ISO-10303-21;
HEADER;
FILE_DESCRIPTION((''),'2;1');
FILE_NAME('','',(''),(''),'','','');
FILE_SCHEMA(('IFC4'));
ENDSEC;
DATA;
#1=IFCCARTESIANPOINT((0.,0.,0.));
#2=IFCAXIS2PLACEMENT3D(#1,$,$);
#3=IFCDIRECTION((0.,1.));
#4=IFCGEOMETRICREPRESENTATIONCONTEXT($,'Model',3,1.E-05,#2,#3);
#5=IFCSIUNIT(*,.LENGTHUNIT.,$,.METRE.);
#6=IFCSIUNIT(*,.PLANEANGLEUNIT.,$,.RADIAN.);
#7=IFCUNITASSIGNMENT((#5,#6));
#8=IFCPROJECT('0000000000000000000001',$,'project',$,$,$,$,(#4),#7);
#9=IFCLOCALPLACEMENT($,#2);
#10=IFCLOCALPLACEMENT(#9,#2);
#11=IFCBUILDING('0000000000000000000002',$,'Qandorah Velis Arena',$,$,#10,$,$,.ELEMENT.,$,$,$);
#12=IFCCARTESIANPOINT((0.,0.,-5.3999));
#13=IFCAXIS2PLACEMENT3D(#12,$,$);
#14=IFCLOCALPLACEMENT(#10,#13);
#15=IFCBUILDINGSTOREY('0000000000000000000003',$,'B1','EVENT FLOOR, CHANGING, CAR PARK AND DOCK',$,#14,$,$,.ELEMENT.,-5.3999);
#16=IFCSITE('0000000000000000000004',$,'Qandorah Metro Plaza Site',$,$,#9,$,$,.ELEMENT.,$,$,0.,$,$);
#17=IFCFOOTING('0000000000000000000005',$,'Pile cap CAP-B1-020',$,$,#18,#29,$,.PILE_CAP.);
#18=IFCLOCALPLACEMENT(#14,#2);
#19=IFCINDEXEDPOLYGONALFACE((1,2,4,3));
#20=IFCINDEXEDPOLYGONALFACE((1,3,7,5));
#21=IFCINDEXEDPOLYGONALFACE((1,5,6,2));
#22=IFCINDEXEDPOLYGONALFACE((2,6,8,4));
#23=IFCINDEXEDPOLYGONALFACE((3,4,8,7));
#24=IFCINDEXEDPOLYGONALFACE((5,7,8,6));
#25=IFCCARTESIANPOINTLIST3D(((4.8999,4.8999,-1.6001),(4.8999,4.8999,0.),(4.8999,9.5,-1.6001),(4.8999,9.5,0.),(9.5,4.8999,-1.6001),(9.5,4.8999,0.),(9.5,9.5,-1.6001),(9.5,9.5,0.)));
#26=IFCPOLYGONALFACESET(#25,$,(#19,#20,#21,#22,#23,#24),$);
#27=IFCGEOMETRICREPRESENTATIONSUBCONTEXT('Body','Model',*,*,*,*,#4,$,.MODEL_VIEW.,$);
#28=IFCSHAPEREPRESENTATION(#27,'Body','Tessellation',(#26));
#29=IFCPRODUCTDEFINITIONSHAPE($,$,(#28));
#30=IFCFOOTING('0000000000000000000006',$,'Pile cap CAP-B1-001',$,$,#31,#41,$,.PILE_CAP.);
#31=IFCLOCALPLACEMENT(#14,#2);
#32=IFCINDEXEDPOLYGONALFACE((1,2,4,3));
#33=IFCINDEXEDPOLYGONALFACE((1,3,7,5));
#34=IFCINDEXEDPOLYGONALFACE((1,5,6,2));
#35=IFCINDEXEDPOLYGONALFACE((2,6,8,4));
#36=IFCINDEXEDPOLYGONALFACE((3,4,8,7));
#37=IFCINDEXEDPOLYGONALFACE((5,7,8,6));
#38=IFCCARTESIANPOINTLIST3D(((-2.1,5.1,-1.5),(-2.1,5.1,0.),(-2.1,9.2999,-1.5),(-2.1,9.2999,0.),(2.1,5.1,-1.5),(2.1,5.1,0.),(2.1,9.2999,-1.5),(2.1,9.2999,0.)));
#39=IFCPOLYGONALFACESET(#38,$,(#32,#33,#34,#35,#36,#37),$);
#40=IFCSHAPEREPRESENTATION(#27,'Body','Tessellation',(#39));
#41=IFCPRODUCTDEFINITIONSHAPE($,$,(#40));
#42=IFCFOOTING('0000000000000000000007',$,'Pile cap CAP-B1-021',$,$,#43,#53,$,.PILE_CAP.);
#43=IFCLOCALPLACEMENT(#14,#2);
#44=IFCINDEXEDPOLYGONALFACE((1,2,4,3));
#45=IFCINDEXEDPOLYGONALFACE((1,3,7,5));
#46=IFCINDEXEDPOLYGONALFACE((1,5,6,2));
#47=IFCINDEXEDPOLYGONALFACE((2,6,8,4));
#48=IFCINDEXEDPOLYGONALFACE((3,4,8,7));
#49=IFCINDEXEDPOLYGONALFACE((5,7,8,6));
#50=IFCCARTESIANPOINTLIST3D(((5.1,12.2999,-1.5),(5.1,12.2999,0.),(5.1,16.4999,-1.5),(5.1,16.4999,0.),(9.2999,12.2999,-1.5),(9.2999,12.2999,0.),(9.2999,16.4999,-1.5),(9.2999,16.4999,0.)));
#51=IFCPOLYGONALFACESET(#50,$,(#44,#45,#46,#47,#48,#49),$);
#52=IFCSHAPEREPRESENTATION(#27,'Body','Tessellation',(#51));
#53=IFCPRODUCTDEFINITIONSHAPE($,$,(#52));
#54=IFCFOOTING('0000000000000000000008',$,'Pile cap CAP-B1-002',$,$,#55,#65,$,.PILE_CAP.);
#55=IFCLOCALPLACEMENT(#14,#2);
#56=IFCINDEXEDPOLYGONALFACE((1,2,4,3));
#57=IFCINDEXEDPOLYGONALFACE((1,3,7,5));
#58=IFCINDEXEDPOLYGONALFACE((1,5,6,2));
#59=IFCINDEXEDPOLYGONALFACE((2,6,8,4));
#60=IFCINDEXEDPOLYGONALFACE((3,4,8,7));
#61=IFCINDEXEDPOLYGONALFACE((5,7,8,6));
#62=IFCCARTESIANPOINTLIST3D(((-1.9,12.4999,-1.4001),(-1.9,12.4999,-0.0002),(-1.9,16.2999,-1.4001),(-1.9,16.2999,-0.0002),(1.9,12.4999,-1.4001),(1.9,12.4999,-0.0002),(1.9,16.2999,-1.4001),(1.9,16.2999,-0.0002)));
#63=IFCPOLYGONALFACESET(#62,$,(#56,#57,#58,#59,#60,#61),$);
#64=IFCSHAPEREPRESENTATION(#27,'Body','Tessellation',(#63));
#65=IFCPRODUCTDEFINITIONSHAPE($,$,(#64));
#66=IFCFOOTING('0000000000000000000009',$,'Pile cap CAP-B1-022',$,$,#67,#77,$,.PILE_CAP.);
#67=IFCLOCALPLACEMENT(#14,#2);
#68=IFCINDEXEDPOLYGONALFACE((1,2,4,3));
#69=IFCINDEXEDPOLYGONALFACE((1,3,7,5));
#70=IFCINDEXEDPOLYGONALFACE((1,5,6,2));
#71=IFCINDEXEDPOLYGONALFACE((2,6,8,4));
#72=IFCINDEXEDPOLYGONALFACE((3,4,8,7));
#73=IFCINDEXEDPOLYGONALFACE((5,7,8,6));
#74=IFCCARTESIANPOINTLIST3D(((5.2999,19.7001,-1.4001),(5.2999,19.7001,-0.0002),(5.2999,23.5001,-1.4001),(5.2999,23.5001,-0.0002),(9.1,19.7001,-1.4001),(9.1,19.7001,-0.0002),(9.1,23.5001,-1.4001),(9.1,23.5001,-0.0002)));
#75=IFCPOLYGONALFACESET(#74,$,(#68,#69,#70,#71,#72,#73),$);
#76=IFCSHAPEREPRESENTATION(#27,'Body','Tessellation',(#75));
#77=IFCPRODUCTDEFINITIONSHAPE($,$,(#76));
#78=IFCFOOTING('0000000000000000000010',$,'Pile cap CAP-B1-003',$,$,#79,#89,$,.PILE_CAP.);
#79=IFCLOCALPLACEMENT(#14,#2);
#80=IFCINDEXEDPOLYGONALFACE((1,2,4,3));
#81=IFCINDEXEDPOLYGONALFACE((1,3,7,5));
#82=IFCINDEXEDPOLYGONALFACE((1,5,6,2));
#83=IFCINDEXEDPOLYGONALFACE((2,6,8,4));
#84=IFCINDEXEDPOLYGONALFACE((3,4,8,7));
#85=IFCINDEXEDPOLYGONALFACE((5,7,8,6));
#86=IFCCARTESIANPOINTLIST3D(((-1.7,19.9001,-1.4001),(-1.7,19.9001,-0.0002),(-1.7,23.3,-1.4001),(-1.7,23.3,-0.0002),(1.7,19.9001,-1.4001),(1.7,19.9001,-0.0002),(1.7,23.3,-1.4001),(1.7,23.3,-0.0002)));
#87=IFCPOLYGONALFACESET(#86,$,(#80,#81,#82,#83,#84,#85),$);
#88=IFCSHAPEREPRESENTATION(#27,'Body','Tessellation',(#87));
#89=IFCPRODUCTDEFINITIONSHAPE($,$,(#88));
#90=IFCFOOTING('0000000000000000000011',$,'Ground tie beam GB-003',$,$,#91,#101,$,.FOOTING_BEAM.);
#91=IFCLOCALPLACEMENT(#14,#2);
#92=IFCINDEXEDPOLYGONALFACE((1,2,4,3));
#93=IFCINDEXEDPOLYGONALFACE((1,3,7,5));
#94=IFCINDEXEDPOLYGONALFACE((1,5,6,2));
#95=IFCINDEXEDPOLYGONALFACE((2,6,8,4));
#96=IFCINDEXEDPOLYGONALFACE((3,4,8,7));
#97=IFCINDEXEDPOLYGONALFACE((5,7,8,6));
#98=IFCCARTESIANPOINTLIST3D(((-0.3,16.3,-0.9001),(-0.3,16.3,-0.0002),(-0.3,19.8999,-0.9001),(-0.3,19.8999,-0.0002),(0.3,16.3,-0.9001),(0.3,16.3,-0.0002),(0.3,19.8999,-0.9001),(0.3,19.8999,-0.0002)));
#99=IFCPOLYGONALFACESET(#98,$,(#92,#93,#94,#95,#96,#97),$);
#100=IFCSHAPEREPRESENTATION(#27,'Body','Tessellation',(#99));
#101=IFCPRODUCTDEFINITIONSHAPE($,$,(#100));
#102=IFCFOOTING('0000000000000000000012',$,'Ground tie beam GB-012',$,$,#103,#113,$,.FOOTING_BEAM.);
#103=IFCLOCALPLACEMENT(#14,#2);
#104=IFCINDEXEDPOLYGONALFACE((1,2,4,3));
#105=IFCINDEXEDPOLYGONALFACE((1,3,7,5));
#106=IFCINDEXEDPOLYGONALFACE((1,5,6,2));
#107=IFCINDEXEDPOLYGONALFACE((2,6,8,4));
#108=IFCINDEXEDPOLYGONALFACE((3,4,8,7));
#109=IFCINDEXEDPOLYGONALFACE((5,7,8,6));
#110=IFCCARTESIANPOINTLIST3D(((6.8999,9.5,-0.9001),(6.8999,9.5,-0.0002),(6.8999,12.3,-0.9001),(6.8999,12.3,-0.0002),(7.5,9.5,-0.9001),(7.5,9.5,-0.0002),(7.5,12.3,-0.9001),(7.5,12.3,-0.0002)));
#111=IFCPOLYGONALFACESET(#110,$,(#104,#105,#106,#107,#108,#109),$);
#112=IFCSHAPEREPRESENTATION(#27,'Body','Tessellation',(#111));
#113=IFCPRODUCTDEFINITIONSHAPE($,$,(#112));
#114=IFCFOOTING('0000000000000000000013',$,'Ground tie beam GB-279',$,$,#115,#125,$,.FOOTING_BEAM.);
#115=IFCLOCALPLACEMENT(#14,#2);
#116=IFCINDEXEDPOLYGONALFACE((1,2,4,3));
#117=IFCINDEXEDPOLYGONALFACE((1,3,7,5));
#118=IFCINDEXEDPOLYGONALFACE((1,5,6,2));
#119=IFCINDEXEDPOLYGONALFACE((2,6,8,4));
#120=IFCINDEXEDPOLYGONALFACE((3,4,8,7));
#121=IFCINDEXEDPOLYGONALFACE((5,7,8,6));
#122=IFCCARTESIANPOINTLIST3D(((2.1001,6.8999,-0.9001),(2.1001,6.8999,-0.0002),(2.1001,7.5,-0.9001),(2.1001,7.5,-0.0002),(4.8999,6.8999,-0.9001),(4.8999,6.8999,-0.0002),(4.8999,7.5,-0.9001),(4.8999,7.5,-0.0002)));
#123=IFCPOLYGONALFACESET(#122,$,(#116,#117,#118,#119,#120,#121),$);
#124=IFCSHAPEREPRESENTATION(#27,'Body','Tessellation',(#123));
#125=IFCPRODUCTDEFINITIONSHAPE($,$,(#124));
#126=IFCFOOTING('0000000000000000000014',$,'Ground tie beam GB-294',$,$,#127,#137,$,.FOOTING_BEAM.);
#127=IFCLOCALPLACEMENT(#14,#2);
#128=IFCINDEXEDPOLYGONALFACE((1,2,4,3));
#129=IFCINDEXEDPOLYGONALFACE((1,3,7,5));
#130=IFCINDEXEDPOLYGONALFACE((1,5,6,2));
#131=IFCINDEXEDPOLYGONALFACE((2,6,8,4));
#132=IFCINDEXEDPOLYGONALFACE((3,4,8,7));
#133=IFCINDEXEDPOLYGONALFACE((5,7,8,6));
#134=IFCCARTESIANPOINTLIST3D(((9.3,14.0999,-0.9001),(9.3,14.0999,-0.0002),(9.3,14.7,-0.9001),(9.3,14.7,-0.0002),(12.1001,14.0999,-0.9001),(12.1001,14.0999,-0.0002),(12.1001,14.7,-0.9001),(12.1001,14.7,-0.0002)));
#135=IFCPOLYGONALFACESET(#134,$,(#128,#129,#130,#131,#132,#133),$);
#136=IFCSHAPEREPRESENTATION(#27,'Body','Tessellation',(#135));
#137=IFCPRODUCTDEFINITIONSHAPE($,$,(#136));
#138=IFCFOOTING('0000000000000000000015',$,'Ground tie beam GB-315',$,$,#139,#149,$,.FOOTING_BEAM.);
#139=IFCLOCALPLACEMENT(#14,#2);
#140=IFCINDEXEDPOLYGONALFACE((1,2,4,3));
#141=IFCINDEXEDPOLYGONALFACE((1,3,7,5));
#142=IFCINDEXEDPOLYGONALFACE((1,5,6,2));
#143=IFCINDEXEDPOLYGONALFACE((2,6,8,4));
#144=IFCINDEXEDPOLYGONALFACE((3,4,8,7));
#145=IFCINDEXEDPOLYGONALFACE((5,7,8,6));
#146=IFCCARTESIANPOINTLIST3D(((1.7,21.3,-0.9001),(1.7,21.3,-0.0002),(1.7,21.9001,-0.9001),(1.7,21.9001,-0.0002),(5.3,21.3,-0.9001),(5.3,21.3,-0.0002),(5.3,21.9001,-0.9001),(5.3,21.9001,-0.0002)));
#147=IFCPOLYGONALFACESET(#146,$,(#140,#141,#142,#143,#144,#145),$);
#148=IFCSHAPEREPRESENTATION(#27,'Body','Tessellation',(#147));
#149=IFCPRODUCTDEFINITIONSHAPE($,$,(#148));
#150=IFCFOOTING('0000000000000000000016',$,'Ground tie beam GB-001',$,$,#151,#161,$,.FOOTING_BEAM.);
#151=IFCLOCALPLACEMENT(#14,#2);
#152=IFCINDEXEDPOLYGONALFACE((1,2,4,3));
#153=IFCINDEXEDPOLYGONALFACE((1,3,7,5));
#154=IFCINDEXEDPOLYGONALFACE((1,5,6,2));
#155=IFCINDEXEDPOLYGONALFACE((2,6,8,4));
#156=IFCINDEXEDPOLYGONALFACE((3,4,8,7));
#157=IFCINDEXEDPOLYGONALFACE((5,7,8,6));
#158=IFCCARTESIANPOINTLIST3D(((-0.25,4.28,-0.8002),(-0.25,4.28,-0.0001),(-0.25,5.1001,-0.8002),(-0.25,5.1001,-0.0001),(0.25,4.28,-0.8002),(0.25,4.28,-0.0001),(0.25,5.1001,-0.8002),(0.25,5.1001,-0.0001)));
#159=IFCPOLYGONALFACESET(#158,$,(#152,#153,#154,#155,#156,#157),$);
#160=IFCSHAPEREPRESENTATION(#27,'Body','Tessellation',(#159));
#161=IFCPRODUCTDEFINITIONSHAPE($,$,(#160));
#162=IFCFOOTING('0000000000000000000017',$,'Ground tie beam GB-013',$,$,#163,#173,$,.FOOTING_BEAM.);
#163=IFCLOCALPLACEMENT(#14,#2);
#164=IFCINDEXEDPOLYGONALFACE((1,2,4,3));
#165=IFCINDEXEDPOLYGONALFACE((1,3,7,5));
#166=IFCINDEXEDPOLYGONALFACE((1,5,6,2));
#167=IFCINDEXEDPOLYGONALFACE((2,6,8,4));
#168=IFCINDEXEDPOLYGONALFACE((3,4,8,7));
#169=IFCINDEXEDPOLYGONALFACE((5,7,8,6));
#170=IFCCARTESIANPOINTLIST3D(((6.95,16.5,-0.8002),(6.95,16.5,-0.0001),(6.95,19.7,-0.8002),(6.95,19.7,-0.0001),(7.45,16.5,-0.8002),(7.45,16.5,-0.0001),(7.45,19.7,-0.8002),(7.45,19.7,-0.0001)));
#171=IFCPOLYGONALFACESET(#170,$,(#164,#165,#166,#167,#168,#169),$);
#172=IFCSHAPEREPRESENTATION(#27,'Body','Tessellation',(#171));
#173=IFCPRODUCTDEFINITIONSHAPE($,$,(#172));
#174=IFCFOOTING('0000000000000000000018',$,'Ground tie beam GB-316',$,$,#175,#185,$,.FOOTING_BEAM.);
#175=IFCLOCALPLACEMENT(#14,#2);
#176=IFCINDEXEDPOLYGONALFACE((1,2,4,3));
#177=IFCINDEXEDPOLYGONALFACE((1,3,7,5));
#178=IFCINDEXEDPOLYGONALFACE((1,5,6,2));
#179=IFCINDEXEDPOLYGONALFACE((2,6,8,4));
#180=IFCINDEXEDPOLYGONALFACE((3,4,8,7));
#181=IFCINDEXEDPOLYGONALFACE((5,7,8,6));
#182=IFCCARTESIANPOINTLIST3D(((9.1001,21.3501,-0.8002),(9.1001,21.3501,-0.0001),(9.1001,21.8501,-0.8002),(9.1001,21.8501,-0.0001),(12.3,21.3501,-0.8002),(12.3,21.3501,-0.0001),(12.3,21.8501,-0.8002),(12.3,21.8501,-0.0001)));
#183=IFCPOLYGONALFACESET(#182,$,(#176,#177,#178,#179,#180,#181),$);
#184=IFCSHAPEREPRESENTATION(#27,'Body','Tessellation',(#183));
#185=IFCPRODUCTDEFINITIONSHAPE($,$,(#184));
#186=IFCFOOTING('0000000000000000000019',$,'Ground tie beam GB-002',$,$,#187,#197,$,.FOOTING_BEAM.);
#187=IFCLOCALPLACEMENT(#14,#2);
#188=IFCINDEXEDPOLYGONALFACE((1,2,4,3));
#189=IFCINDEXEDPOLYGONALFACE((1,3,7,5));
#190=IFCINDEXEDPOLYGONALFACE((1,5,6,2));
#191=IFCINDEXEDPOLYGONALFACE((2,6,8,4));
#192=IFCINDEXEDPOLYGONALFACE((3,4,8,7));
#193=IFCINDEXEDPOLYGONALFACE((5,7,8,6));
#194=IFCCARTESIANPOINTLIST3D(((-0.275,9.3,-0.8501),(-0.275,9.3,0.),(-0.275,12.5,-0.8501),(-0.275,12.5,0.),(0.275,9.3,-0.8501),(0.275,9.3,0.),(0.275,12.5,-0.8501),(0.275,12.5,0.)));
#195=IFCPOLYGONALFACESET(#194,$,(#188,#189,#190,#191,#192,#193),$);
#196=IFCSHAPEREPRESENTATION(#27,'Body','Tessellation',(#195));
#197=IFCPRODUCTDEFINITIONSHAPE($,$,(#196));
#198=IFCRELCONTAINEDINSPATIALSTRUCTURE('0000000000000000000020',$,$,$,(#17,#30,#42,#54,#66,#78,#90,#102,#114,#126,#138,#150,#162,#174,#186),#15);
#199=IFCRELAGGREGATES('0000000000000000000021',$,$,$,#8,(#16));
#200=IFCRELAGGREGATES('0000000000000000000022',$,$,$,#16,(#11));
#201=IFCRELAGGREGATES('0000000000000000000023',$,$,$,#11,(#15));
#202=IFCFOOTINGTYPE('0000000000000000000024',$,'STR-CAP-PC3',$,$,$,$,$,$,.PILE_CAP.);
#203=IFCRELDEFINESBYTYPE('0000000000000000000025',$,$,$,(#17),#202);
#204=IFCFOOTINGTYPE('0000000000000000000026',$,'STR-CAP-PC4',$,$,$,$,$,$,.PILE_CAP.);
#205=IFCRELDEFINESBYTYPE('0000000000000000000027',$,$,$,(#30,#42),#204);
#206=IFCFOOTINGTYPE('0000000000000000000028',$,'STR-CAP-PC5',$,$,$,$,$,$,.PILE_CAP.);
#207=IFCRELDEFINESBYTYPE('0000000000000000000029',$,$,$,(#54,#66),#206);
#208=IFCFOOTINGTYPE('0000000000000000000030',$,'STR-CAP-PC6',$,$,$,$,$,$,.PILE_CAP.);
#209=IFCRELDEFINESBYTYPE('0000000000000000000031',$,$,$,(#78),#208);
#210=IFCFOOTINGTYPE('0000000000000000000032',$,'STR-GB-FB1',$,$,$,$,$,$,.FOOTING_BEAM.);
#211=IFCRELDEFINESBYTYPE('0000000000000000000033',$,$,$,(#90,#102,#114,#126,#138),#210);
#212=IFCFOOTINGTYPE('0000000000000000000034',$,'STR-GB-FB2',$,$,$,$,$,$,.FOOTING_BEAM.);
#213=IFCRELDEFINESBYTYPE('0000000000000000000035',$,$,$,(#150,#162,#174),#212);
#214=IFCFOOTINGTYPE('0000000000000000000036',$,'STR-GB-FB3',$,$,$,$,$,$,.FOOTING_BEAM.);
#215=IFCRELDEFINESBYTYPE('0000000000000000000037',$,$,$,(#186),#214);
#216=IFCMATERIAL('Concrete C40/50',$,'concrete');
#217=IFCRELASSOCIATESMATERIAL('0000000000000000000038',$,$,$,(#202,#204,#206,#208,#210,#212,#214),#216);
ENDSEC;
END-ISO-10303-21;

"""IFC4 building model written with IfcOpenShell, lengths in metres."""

from ifc_helpers import new_model, si_unit, direction, frame, origin, origin_2d, place, context, subcontext, project, spatial, rectangle, extrude, material, material_profile, profile_set, type_object, element, save


model = new_model("IFC4")

# Units and contexts
model_context = context("Model", 3, precision=1e-05, world=origin(), true_north=direction((0.0, 1.0)))
body_context = subcontext(model_context, "Body", "Model", "MODEL_VIEW")
ifc_project = project(units=[si_unit("LENGTHUNIT", "METRE"), si_unit("PLANEANGLEUNIT", "RADIAN")], contexts=[model_context])

# Site, building, storey
site_placement = place(None, origin())
site = spatial("IfcSite", under=ifc_project, at=site_placement, Name="Qandorah Metro Plaza Site", CompositionType="ELEMENT", RefElevation=0.0)
building_placement = place(site_placement, origin())
building = spatial("IfcBuilding", under=site, at=building_placement, Name="Qandorah Velis Arena", CompositionType="ELEMENT")
storey_placement = place(building_placement, frame((0.0, 0.0, -5.3999)))
storey = spatial("IfcBuildingStorey", under=building, at=storey_placement, Name="B1", Description="EVENT FLOOR, CHANGING, CAR PARK AND DOCK", CompositionType="ELEMENT", Elevation=-5.3999)

# Footings
ifc_material_1 = material(Name="Concrete C40/50", Category="concrete")
footing_type_1 = type_object("IfcFootingType", Name="STR-CAP-PC3", PredefinedType="PILE_CAP", material=ifc_material_1)
footing_1_placement = place(storey_placement, frame((7.2, 7.2, -1.6001), z_axis=(0.0, 0.0, 1.0), x_axis=(1.0, 0.0, 0.0)))
element("IfcFooting", 1, at=footing_1_placement, inside=storey, type_object=footing_type_1, Name="Pile cap CAP-B1-020", PredefinedType="PILE_CAP", context=body_context, shape_type="SweptSolid", body=[
    extrude(rectangle(XDim=4.6001, YDim=4.6001, at=origin_2d()), origin(), (0.0, 0.0, 1.0), 1.6001),
])
footing_type_2 = type_object("IfcFootingType", Name="STR-CAP-PC4", PredefinedType="PILE_CAP", material=ifc_material_1)
for number, where, z_axis, x_axis, name in (
    (2, (0.0, 7.2, -1.5), (0.0, 0.0, 1.0), (1.0, 0.0, 0.0), "Pile cap CAP-B1-001"),
    (3, (7.2, 14.3999, -1.5), (0.0, 0.0, 1.0), (1.0, 0.0, 0.0), "Pile cap CAP-B1-021"),
):
    element("IfcFooting", number, at=place(storey_placement, frame(where, z_axis=z_axis, x_axis=x_axis)), inside=storey, type_object=footing_type_2, Name=name, PredefinedType="PILE_CAP", context=body_context, shape_type="SweptSolid", body=[
        extrude(rectangle(XDim=4.2, YDim=4.2, at=origin_2d()), origin(), (0.0, 0.0, 1.0), 1.5),
    ])
footing_type_3 = type_object("IfcFootingType", Name="STR-CAP-PC5", PredefinedType="PILE_CAP", material=ifc_material_1)
for number, where, z_axis, x_axis, name in (
    (4, (0.0, 14.3999, -1.4001), (0.0, 0.0, 1.0), (1.0, 0.0, 0.0), "Pile cap CAP-B1-002"),
    (5, (7.2, 21.6001, -1.4001), (0.0, 0.0, 1.0), (1.0, 0.0, 0.0), "Pile cap CAP-B1-022"),
):
    element("IfcFooting", number, at=place(storey_placement, frame(where, z_axis=z_axis, x_axis=x_axis)), inside=storey, type_object=footing_type_3, Name=name, PredefinedType="PILE_CAP", context=body_context, shape_type="SweptSolid", body=[
        extrude(rectangle(XDim=3.8, YDim=3.8, at=origin_2d()), origin(), (0.0, 0.0, 1.0), 1.3999),
    ])
footing_type_4 = type_object("IfcFootingType", Name="STR-CAP-PC6", PredefinedType="PILE_CAP", material=ifc_material_1)
footing_2_placement = place(storey_placement, frame((0.0, 21.6001, -1.4001), z_axis=(0.0, 0.0, 1.0), x_axis=(1.0, 0.0, 0.0)))
element("IfcFooting", 6, at=footing_2_placement, inside=storey, type_object=footing_type_4, Name="Pile cap CAP-B1-003", PredefinedType="PILE_CAP", context=body_context, shape_type="SweptSolid", body=[
    extrude(rectangle(XDim=3.3999, YDim=3.3999, at=origin_2d()), origin(), (0.0, 0.0, 1.0), 1.3999),
])
ifc_material_profile_1 = material_profile(ifc_material_1, rectangle(XDim=0.6001, YDim=0.8999, at=origin_2d()), Name="GB1 600x900")
ifc_profile_set_1 = profile_set([ifc_material_profile_1], Name="Concrete C40/50")
footing_type_5 = type_object("IfcFootingType", Name="STR-GB-FB1", PredefinedType="FOOTING_BEAM", material=ifc_profile_set_1)
footing_3_placement = place(storey_placement, frame((0.0, 16.3, -0.4502), z_axis=(0.0, 1.0, 0.0), x_axis=(-1.0, 0.0, 0.0)))
element("IfcFooting", 7, at=footing_3_placement, inside=storey, type_object=footing_type_5, Name="Ground tie beam GB-003", PredefinedType="FOOTING_BEAM", context=body_context, shape_type="SweptSolid", body=[
    extrude(rectangle(XDim=0.6001, YDim=0.8999, at=origin_2d()), origin(), (0.0, 0.0, 1.0), 3.5999),
])
footing_4_placement = place(storey_placement, frame((7.2, 9.5, -0.4502), z_axis=(0.0, 1.0, 0.0), x_axis=(-1.0, 0.0, 0.0)))
element("IfcFooting", 8, at=footing_4_placement, inside=storey, type_object=footing_type_5, Name="Ground tie beam GB-012", PredefinedType="FOOTING_BEAM", context=body_context, shape_type="SweptSolid", body=[
    extrude(rectangle(XDim=0.6001, YDim=0.8999, at=origin_2d()), origin(), (0.0, 0.0, 1.0), 2.8),
])
footing_5_placement = place(storey_placement, frame((2.1001, 7.2, -0.4502), z_axis=(1.0, 0.0, 0.0), x_axis=(0.0, 1.0, 0.0)))
element("IfcFooting", 9, at=footing_5_placement, inside=storey, type_object=footing_type_5, Name="Ground tie beam GB-279", PredefinedType="FOOTING_BEAM", context=body_context, shape_type="SweptSolid", body=[
    extrude(rectangle(XDim=0.6001, YDim=0.8999, at=origin_2d()), origin(), (0.0, 0.0, 1.0), 2.7998),
])
footing_6_placement = place(storey_placement, frame((9.3, 14.3999, -0.4502), z_axis=(1.0, 0.0, 0.0), x_axis=(0.0, 1.0, 0.0)))
element("IfcFooting", 10, at=footing_6_placement, inside=storey, type_object=footing_type_5, Name="Ground tie beam GB-294", PredefinedType="FOOTING_BEAM", context=body_context, shape_type="SweptSolid", body=[
    extrude(rectangle(XDim=0.6001, YDim=0.8999, at=origin_2d()), origin(), (0.0, 0.0, 1.0), 2.8),
])
footing_7_placement = place(storey_placement, frame((1.7, 21.6001, -0.4502), z_axis=(1.0, 0.0, 0.0), x_axis=(0.0, 1.0, 0.0)))
element("IfcFooting", 11, at=footing_7_placement, inside=storey, type_object=footing_type_5, Name="Ground tie beam GB-315", PredefinedType="FOOTING_BEAM", context=body_context, shape_type="SweptSolid", body=[
    extrude(rectangle(XDim=0.6001, YDim=0.8999, at=origin_2d()), origin(), (0.0, 0.0, 1.0), 3.6001),
])
ifc_material_profile_2 = material_profile(ifc_material_1, rectangle(XDim=0.5, YDim=0.8, at=origin_2d()), Name="GB2 500x800")
ifc_profile_set_2 = profile_set([ifc_material_profile_2], Name="Concrete C40/50")
footing_type_6 = type_object("IfcFootingType", Name="STR-GB-FB2", PredefinedType="FOOTING_BEAM", material=ifc_profile_set_2)
footing_8_placement = place(storey_placement, frame((0.0, 4.28, -0.4001), z_axis=(0.0, 1.0, 0.0), x_axis=(-1.0, 0.0, 0.0)))
element("IfcFooting", 12, at=footing_8_placement, inside=storey, type_object=footing_type_6, Name="Ground tie beam GB-001", PredefinedType="FOOTING_BEAM", context=body_context, shape_type="SweptSolid", body=[
    extrude(rectangle(XDim=0.5, YDim=0.8, at=origin_2d()), origin(), (0.0, 0.0, 1.0), 0.8201),
])
for number, where, z_axis, x_axis, name in (
    (13, (7.2, 16.5, -0.4001), (0.0, 1.0, 0.0), (-1.0, 0.0, 0.0), "Ground tie beam GB-013"),
    (14, (9.1001, 21.6001, -0.4001), (1.0, 0.0, 0.0), (0.0, 1.0, 0.0), "Ground tie beam GB-316"),
):
    element("IfcFooting", number, at=place(storey_placement, frame(where, z_axis=z_axis, x_axis=x_axis)), inside=storey, type_object=footing_type_6, Name=name, PredefinedType="FOOTING_BEAM", context=body_context, shape_type="SweptSolid", body=[
        extrude(rectangle(XDim=0.5, YDim=0.8, at=origin_2d()), origin(), (0.0, 0.0, 1.0), 3.2),
    ])
ifc_material_profile_3 = material_profile(ifc_material_1, rectangle(XDim=0.55, YDim=0.8501, at=origin_2d()), Name="GB3 550x850")
ifc_profile_set_3 = profile_set([ifc_material_profile_3], Name="Concrete C40/50")
footing_type_7 = type_object("IfcFootingType", Name="STR-GB-FB3", PredefinedType="FOOTING_BEAM", material=ifc_profile_set_3)
footing_9_placement = place(storey_placement, frame((0.0, 9.3, -0.425), z_axis=(0.0, 1.0, 0.0), x_axis=(-1.0, 0.0, 0.0)))
element("IfcFooting", 15, at=footing_9_placement, inside=storey, type_object=footing_type_7, Name="Ground tie beam GB-002", PredefinedType="FOOTING_BEAM", context=body_context, shape_type="SweptSolid", body=[
    extrude(rectangle(XDim=0.55, YDim=0.8501, at=origin_2d()), origin(), (0.0, 0.0, 1.0), 3.2),
])

save(model, "model.ifc")
